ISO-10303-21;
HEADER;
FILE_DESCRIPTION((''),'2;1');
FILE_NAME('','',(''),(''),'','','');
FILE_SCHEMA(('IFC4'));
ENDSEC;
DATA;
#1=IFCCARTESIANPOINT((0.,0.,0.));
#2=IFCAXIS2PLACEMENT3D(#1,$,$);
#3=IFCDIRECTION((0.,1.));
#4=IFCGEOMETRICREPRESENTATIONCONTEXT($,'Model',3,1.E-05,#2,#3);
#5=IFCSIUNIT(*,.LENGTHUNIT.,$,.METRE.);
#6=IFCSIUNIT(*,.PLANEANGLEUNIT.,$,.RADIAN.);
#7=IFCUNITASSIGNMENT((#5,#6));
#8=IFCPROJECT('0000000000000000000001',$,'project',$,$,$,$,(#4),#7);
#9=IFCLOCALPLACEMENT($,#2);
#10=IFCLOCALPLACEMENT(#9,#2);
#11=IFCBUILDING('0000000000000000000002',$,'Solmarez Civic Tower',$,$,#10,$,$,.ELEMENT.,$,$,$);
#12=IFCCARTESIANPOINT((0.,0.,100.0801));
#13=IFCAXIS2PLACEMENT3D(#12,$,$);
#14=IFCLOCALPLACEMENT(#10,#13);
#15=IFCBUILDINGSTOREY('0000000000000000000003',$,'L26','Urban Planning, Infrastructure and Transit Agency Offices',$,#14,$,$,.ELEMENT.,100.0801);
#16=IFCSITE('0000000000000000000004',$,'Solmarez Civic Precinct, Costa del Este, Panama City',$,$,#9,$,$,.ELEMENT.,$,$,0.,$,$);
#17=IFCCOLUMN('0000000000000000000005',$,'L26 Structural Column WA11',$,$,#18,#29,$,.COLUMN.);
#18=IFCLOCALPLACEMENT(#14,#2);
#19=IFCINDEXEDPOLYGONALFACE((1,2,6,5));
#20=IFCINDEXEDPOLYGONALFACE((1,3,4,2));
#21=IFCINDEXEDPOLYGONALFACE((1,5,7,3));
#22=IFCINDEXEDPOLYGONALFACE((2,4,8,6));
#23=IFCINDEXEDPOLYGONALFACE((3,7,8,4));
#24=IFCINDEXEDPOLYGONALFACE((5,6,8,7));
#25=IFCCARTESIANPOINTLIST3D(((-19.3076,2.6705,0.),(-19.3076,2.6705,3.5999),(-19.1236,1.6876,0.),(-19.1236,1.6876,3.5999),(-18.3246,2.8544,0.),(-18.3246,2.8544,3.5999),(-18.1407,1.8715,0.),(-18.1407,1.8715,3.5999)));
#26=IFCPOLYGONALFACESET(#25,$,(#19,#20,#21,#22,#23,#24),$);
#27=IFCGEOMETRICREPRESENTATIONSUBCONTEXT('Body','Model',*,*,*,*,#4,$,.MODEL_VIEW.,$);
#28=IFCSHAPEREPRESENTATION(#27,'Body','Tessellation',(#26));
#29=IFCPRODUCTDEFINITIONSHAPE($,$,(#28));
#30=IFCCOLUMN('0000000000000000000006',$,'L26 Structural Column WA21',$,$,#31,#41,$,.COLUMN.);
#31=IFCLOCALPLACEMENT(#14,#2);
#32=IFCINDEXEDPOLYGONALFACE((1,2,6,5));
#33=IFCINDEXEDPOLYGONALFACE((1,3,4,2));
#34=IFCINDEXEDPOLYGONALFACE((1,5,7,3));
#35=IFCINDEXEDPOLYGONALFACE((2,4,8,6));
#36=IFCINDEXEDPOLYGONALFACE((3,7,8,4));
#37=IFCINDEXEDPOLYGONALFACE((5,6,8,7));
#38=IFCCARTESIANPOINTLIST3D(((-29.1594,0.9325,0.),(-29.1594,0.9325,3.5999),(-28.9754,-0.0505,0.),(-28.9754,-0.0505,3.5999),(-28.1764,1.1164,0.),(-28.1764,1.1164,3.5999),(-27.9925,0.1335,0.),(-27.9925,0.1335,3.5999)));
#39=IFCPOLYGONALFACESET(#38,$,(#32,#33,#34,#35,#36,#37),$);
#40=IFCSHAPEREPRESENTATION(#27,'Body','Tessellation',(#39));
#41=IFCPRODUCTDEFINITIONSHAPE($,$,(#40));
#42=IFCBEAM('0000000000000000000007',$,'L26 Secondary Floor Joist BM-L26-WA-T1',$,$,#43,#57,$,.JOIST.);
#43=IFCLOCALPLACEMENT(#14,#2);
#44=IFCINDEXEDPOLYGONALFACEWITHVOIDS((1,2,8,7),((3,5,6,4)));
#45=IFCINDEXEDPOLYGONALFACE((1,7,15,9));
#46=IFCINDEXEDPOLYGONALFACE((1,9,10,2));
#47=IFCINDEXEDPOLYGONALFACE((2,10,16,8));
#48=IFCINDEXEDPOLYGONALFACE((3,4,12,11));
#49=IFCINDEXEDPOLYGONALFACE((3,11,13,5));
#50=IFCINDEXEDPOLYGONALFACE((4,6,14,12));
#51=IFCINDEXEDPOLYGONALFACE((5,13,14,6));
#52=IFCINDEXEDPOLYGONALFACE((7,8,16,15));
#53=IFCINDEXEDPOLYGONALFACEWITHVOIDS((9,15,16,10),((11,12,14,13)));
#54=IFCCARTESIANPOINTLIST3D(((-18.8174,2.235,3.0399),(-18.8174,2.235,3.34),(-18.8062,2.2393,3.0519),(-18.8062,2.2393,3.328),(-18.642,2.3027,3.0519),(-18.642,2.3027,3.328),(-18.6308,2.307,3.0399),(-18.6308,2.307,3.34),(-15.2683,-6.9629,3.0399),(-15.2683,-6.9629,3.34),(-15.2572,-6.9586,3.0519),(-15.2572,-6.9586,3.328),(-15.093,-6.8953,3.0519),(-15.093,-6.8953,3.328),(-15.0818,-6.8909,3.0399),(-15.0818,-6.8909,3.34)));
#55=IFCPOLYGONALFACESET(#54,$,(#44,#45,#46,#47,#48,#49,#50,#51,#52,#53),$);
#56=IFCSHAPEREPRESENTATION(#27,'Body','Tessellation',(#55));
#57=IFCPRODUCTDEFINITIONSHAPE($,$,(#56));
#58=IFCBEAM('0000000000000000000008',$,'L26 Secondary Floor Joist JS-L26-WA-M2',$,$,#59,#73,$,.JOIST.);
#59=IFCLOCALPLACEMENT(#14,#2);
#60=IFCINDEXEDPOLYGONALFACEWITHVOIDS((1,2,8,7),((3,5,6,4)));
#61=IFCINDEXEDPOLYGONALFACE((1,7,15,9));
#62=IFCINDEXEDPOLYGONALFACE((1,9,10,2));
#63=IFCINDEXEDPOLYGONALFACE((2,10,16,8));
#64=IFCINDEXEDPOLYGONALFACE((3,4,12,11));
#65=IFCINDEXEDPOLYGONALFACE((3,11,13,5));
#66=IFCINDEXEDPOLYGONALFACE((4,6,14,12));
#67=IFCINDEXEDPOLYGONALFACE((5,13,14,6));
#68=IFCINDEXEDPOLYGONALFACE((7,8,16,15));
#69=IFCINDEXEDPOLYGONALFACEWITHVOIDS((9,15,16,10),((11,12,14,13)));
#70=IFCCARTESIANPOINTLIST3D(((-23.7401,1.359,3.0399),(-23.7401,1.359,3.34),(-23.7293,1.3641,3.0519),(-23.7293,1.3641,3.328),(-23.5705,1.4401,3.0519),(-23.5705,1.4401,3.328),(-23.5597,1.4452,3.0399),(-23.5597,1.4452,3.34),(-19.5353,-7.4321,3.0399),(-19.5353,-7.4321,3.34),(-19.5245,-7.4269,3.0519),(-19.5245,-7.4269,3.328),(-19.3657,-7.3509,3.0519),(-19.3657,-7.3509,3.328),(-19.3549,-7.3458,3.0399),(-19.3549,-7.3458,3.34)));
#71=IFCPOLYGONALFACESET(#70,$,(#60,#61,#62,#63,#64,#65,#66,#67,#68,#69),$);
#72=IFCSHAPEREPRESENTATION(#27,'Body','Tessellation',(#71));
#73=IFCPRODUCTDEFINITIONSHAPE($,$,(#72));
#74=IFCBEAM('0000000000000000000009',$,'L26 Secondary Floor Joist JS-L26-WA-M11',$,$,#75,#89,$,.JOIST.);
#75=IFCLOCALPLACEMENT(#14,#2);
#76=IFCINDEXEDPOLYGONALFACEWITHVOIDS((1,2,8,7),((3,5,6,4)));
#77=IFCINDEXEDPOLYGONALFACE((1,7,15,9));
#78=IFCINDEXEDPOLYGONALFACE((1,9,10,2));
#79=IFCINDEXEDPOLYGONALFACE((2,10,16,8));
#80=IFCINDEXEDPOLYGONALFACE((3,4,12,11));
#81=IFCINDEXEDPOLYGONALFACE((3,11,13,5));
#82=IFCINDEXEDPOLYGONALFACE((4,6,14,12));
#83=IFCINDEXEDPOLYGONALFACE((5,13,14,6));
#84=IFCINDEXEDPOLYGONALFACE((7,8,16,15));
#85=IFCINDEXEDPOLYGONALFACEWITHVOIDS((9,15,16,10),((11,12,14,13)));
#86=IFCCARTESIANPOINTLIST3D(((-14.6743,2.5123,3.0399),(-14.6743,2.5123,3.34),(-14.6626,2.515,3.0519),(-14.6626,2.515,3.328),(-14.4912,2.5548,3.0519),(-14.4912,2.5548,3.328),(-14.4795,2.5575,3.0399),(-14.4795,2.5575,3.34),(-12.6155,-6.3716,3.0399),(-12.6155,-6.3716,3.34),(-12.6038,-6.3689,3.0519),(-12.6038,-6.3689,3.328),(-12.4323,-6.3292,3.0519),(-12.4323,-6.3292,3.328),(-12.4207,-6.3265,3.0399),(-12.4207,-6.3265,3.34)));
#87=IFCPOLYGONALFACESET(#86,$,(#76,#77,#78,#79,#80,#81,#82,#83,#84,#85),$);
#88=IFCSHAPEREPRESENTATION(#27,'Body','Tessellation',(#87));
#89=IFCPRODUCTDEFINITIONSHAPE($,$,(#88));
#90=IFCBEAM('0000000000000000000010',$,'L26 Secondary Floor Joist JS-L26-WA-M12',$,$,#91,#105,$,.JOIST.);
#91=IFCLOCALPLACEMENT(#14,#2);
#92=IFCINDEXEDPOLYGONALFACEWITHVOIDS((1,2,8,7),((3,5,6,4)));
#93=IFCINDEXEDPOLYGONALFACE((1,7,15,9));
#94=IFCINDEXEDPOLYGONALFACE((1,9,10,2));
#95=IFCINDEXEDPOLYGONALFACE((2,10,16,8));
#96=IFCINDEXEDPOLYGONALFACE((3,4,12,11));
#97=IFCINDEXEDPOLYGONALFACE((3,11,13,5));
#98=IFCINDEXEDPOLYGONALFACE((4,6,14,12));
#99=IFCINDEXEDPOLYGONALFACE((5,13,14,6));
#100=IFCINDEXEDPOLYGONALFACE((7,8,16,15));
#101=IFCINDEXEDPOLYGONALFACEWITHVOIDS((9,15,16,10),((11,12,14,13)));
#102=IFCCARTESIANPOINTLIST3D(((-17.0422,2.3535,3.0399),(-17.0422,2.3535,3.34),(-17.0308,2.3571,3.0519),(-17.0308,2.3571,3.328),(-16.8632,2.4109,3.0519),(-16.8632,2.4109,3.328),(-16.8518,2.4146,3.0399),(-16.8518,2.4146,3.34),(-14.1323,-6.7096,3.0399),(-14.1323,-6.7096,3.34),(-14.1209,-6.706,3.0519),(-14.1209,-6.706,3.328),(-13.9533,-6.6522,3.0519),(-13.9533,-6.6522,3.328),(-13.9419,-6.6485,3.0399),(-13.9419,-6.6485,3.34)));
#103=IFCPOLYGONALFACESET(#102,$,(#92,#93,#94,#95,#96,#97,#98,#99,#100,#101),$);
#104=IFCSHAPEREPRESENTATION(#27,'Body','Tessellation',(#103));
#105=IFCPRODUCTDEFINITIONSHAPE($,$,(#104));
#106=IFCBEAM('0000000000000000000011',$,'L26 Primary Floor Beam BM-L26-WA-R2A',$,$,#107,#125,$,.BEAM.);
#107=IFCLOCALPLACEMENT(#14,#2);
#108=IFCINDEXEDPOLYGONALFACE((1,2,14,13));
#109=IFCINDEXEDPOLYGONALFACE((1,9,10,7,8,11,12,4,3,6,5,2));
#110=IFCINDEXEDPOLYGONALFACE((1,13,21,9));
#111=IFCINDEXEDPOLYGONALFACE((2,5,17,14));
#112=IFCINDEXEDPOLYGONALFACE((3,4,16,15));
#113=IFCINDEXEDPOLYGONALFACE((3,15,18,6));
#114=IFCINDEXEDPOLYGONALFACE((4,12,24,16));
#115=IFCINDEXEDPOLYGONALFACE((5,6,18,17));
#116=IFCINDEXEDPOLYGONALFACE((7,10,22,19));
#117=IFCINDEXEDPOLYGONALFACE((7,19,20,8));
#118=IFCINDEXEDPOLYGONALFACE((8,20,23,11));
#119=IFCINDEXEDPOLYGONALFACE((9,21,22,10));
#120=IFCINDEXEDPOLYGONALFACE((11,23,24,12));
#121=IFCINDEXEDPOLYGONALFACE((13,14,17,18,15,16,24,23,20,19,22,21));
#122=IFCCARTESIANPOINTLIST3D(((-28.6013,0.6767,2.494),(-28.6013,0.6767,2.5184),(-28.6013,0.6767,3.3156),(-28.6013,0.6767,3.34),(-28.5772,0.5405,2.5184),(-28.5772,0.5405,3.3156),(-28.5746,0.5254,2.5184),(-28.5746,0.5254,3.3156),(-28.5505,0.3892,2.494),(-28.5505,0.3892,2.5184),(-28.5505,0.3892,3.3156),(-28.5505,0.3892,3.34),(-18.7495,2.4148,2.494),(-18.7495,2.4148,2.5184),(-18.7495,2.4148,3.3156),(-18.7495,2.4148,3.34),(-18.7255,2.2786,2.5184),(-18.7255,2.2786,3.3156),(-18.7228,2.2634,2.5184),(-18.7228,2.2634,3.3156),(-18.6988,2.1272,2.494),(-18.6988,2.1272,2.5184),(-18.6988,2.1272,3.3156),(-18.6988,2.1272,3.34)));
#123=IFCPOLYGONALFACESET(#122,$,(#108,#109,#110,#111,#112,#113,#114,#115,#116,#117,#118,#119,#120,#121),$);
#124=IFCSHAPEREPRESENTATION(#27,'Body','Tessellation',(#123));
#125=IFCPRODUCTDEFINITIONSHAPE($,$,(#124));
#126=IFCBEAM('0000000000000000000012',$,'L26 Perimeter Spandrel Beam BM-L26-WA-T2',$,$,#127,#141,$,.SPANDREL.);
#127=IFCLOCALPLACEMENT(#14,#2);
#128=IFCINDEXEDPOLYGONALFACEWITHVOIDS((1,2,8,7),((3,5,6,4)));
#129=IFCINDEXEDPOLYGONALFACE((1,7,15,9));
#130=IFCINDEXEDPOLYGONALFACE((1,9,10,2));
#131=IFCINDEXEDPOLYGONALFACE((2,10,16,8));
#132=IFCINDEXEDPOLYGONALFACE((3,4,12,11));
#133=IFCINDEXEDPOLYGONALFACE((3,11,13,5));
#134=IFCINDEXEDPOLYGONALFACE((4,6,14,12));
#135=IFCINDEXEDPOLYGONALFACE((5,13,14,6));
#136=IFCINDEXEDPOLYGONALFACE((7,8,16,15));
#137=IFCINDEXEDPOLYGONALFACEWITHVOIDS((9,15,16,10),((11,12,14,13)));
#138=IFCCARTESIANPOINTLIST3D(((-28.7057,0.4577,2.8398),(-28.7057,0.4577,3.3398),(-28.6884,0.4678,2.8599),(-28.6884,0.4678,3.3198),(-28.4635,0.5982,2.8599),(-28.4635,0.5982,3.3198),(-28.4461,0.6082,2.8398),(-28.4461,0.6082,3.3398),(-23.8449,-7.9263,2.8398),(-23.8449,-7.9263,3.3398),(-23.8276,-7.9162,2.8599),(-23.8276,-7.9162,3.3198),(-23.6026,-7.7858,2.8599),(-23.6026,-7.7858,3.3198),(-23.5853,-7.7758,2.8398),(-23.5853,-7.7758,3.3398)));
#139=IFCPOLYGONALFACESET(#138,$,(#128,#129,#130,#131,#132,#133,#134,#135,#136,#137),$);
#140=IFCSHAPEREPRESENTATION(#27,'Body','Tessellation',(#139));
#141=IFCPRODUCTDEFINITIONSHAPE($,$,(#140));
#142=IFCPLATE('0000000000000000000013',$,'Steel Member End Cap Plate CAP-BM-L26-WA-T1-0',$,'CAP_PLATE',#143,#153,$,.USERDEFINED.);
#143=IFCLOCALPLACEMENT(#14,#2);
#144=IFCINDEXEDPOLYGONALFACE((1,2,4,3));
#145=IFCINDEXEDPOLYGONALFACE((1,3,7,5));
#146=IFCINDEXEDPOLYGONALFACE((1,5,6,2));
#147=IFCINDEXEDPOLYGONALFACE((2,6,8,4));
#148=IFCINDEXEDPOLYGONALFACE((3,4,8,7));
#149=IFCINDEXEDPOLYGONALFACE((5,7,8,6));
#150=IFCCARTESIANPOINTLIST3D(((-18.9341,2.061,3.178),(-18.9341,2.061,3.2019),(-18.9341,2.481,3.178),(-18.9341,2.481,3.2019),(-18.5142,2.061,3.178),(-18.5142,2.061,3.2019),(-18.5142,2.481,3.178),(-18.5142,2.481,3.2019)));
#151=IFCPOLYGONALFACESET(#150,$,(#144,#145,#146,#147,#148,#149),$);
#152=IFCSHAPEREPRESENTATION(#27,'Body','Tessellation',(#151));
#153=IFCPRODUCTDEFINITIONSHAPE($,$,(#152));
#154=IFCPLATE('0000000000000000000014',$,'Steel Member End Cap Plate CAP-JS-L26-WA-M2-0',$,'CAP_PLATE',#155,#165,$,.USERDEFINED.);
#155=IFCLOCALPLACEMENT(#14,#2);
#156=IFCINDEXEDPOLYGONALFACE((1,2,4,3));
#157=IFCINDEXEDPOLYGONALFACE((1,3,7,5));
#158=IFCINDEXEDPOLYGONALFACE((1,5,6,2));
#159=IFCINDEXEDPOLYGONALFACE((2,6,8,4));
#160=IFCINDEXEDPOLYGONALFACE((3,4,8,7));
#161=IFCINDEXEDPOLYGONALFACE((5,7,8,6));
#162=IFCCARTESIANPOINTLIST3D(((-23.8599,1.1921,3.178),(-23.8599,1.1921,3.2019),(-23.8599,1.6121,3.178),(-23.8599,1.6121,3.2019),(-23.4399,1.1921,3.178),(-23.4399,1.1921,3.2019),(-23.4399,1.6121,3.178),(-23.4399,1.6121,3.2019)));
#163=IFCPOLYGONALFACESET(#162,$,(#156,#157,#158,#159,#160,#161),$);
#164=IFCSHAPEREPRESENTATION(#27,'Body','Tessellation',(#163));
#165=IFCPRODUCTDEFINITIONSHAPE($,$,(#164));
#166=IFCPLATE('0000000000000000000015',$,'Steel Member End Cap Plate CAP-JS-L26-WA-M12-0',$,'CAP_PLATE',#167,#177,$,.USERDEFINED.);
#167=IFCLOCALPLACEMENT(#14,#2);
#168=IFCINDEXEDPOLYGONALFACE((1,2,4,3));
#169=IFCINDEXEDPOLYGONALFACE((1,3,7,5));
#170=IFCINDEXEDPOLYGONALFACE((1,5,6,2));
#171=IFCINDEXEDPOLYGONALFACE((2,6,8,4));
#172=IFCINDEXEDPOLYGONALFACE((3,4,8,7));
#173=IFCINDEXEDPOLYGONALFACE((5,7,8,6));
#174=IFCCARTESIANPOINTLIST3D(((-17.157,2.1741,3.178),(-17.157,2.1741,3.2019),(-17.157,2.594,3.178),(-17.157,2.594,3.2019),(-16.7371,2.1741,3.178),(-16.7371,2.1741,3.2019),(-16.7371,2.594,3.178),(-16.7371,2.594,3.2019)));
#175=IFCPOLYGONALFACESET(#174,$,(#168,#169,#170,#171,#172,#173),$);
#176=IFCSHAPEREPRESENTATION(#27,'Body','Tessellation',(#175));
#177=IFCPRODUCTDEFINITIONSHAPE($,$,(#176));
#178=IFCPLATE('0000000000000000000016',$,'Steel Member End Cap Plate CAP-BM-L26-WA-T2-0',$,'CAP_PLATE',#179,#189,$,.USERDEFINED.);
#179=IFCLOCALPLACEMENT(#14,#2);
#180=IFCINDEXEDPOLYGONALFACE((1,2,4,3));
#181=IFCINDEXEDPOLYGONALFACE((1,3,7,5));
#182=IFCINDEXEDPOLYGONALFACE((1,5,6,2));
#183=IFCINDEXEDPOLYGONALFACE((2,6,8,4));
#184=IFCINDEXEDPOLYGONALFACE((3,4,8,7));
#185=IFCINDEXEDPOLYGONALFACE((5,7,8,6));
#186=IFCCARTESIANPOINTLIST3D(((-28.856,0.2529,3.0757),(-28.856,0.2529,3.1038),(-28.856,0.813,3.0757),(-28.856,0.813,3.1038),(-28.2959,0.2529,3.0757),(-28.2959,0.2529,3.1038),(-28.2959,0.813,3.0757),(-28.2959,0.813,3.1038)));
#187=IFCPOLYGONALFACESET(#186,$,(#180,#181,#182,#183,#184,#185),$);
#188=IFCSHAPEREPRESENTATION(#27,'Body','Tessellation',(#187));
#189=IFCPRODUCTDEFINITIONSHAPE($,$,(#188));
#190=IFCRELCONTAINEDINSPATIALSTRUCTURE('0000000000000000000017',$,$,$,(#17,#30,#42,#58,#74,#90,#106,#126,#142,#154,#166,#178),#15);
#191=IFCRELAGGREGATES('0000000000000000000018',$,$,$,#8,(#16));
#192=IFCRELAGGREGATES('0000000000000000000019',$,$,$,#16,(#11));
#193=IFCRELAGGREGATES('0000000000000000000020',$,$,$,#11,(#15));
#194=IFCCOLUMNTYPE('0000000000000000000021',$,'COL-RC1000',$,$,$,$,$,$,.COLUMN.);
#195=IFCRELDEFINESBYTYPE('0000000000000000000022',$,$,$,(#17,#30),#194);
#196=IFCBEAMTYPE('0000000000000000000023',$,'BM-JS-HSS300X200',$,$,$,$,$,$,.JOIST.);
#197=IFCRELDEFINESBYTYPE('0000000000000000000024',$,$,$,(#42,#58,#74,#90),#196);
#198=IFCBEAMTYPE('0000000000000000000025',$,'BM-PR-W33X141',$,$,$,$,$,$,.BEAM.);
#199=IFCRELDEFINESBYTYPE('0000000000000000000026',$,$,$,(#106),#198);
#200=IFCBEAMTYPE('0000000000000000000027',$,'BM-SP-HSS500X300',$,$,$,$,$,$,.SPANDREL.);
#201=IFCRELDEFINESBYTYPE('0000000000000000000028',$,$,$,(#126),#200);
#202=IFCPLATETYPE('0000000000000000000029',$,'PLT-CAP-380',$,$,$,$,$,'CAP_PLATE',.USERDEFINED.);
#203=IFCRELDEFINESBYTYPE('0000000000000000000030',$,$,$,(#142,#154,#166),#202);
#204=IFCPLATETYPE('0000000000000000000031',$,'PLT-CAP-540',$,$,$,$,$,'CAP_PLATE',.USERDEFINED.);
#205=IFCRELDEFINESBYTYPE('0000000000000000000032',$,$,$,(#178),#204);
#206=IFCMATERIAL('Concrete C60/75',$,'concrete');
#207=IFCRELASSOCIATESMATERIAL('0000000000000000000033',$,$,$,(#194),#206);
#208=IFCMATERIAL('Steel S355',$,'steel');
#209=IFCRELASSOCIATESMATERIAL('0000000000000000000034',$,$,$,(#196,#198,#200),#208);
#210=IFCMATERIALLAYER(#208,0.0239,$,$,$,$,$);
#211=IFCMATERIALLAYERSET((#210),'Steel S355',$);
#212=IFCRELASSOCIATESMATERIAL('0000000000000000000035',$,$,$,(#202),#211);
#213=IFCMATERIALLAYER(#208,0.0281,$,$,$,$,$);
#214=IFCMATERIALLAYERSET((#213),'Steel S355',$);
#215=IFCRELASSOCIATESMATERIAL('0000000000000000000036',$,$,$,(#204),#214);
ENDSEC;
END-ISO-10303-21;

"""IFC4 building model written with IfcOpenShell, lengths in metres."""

from ifc_helpers import new_model, si_unit, direction, frame, origin, origin_2d, place, context, subcontext, project, spatial, rectangle, hollow_rectangle, i_section, extrude, material, layer, layer_set, material_profile, profile_set, type_object, element, save


model = new_model("IFC4")

# Units and contexts
model_context = context("Model", 3, precision=1e-05, world=origin(), true_north=direction((0.0, 1.0)))
body_context = subcontext(model_context, "Body", "Model", "MODEL_VIEW")
ifc_project = project(units=[si_unit("LENGTHUNIT", "METRE"), si_unit("PLANEANGLEUNIT", "RADIAN")], contexts=[model_context])

# Site, building, storey
site_placement = place(None, origin())
site = spatial("IfcSite", under=ifc_project, at=site_placement, Name="Solmarez Civic Precinct, Costa del Este, Panama City", CompositionType="ELEMENT", RefElevation=0.0)
building_placement = place(site_placement, origin())
building = spatial("IfcBuilding", under=site, at=building_placement, Name="Solmarez Civic Tower", CompositionType="ELEMENT")
storey_placement = place(building_placement, frame((0.0, 0.0, 100.0801)))
storey = spatial("IfcBuildingStorey", under=building, at=storey_placement, Name="L26", Description="Urban Planning, Infrastructure and Transit Agency Offices", CompositionType="ELEMENT", Elevation=100.0801)

# Columns
ifc_material_1 = material(Name="Concrete C60/75", Category="concrete")
ifc_material_profile_1 = material_profile(ifc_material_1, rectangle(XDim=1.0, YDim=1.0, at=origin_2d()), Name="RC1000X1000")
ifc_profile_set_1 = profile_set([ifc_material_profile_1], Name="Concrete C60/75")
column_type = type_object("IfcColumnType", Name="COL-RC1000", PredefinedType="COLUMN", material=ifc_profile_set_1)
for number, where, z_axis, x_axis, name in (
    (1, (-18.7241, 2.271, 0.0), (0.0, 0.0, 1.0), (0.982935, 0.183951, 0.0), "L26 Structural Column WA11"),
    (2, (-28.5759, 0.533, 0.0), (0.0, 0.0, 1.0), (0.982935, 0.183951, 0.0), "L26 Structural Column WA21"),
):
    element("IfcColumn", number, at=place(storey_placement, frame(where, z_axis=z_axis, x_axis=x_axis)), inside=storey, type_object=column_type, Name=name, PredefinedType="COLUMN", context=body_context, shape_type="SweptSolid", body=[
        extrude(rectangle(XDim=1.0, YDim=1.0, at=origin_2d()), origin(), (0.0, 0.0, 1.0), 3.5999),
    ])

# Beams
ifc_material_2 = material(Name="Steel S355", Category="steel")
ifc_material_profile_2 = material_profile(ifc_material_2, hollow_rectangle(XDim=0.2, YDim=0.3, WallThickness=0.012, at=origin_2d()), Name="HSS300X200X12")
ifc_profile_set_2 = profile_set([ifc_material_profile_2], Name="Steel S355")
beam_type_1 = type_object("IfcBeamType", Name="BM-JS-HSS300X200", PredefinedType="JOIST", material=ifc_profile_set_2)
beam_1_placement = place(storey_placement, frame((-18.7241, 2.271, 3.1899), z_axis=(0.359984, -0.932958, 0.0), x_axis=(0.932958, 0.359984, 0.0)))
element("IfcBeam", 3, at=beam_1_placement, inside=storey, type_object=beam_type_1, Name="L26 Secondary Floor Joist BM-L26-WA-T1", PredefinedType="JOIST", context=body_context, shape_type="SweptSolid", body=[
    extrude(hollow_rectangle(XDim=0.2, YDim=0.3, WallThickness=0.012, at=origin_2d()), origin(), (0.0, 0.0, 1.0), 9.8589),
])
beam_2_placement = place(storey_placement, frame((-23.6499, 1.4021, 3.1899), z_axis=(0.431492, -0.902117, 0.0), x_axis=(0.902117, 0.431492, 0.0)))
element("IfcBeam", 4, at=beam_2_placement, inside=storey, type_object=beam_type_1, Name="L26 Secondary Floor Joist JS-L26-WA-M2", PredefinedType="JOIST", context=body_context, shape_type="SweptSolid", body=[
    extrude(hollow_rectangle(XDim=0.2, YDim=0.3, WallThickness=0.012, at=origin_2d()), origin(), (0.0, 0.0, 1.0), 9.7449),
])
beam_3_placement = place(storey_placement, frame((-14.5769, 2.5349, 3.1899), z_axis=(0.225763, -0.974182, 0.0), x_axis=(0.974182, 0.225763, 0.0)))
element("IfcBeam", 5, at=beam_3_placement, inside=storey, type_object=beam_type_1, Name="L26 Secondary Floor Joist JS-L26-WA-M11", PredefinedType="JOIST", context=body_context, shape_type="SweptSolid", body=[
    extrude(hollow_rectangle(XDim=0.2, YDim=0.3, WallThickness=0.012, at=origin_2d()), origin(), (0.0, 0.0, 1.0), 9.1194),
])
beam_4_placement = place(storey_placement, frame((-16.947, 2.384, 3.1899), z_axis=(0.305705, -0.952126, 0.0), x_axis=(0.952126, 0.305705, 0.0)))
element("IfcBeam", 6, at=beam_4_placement, inside=storey, type_object=beam_type_1, Name="L26 Secondary Floor Joist JS-L26-WA-M12", PredefinedType="JOIST", context=body_context, shape_type="SweptSolid", body=[
    extrude(hollow_rectangle(XDim=0.2, YDim=0.3, WallThickness=0.012, at=origin_2d()), origin(), (0.0, 0.0, 1.0), 9.5188),
])
ifc_material_profile_3 = material_profile(ifc_material_2, i_section(OverallWidth=0.292, OverallDepth=0.8459, WebThickness=0.0154, FlangeThickness=0.0244, at=origin_2d()), Name="W33X141")
ifc_profile_set_3 = profile_set([ifc_material_profile_3], Name="Steel S355")
beam_type_2 = type_object("IfcBeamType", Name="BM-PR-W33X141", PredefinedType="BEAM", material=ifc_profile_set_3)
beam_5_placement = place(storey_placement, frame((-18.7241, 2.271, 2.917), z_axis=(-0.984792, -0.173735, 0.0), x_axis=(0.173735, -0.984792, 0.0)))
element("IfcBeam", 7, at=beam_5_placement, inside=storey, type_object=beam_type_2, Name="L26 Primary Floor Beam BM-L26-WA-R2A", PredefinedType="BEAM", context=body_context, shape_type="SweptSolid", body=[
    extrude(i_section(OverallWidth=0.292, OverallDepth=0.8459, WebThickness=0.0154, FlangeThickness=0.0244, at=origin_2d()), origin(), (0.0, 0.0, 1.0), 10.0039),
])
ifc_material_profile_4 = material_profile(ifc_material_2, hollow_rectangle(XDim=0.3, YDim=0.5, WallThickness=0.02, at=origin_2d()), Name="HSS500X300X20")
ifc_profile_set_4 = profile_set([ifc_material_profile_4], Name="Steel S355")
beam_type_3 = type_object("IfcBeamType", Name="BM-SP-HSS500X300", PredefinedType="SPANDREL", material=ifc_profile_set_4)
beam_6_placement = place(storey_placement, frame((-28.5759, 0.533, 3.0898), z_axis=(0.501571, -0.865116, 0.0), x_axis=(0.865116, 0.501571, 0.0)))
element("IfcBeam", 8, at=beam_6_placement, inside=storey, type_object=beam_type_3, Name="L26 Perimeter Spandrel Beam BM-L26-WA-T2", PredefinedType="SPANDREL", context=body_context, shape_type="SweptSolid", body=[
    extrude(hollow_rectangle(XDim=0.3, YDim=0.5, WallThickness=0.02, at=origin_2d()), origin(), (0.0, 0.0, 1.0), 9.6912),
])

# Plates
ifc_layer_1 = layer(ifc_material_2, 0.0239)
ifc_layer_set_1 = layer_set([ifc_layer_1], Name="Steel S355")
plate_type_1 = type_object("IfcPlateType", Name="PLT-CAP-380", ElementType="CAP_PLATE", PredefinedType="USERDEFINED", material=ifc_layer_set_1)
for number, where, z_axis, x_axis, name in (
    (9, (-18.7241, 2.271, 3.178), (0.0, 0.0, 1.0), (1.0, 0.0, 0.0), "Steel Member End Cap Plate CAP-BM-L26-WA-T1-0"),
    (10, (-23.6499, 1.4021, 3.178), (0.0, 0.0, 1.0), (1.0, 0.0, 0.0), "Steel Member End Cap Plate CAP-JS-L26-WA-M2-0"),
    (11, (-16.947, 2.384, 3.178), (0.0, 0.0, 1.0), (1.0, 0.0, 0.0), "Steel Member End Cap Plate CAP-JS-L26-WA-M12-0"),
):
    element("IfcPlate", number, at=place(storey_placement, frame(where, z_axis=z_axis, x_axis=x_axis)), inside=storey, type_object=plate_type_1, Name=name, ObjectType="CAP_PLATE", PredefinedType="USERDEFINED", context=body_context, shape_type="SweptSolid", body=[
        extrude(rectangle(XDim=0.4199, YDim=0.4199, at=origin_2d()), origin(), (0.0, 0.0, 1.0), 0.0239),
    ])
ifc_layer_2 = layer(ifc_material_2, 0.0281)
ifc_layer_set_2 = layer_set([ifc_layer_2], Name="Steel S355")
plate_type_2 = type_object("IfcPlateType", Name="PLT-CAP-540", ElementType="CAP_PLATE", PredefinedType="USERDEFINED", material=ifc_layer_set_2)
plate_placement = place(storey_placement, frame((-28.5759, 0.533, 3.0757), z_axis=(0.0, 0.0, 1.0), x_axis=(1.0, 0.0, 0.0)))
element("IfcPlate", 12, at=plate_placement, inside=storey, type_object=plate_type_2, Name="Steel Member End Cap Plate CAP-BM-L26-WA-T2-0", ObjectType="CAP_PLATE", PredefinedType="USERDEFINED", context=body_context, shape_type="SweptSolid", body=[
    extrude(rectangle(XDim=0.5601, YDim=0.5601, at=origin_2d()), origin(), (0.0, 0.0, 1.0), 0.0281),
])

save(model, "model.ifc")
